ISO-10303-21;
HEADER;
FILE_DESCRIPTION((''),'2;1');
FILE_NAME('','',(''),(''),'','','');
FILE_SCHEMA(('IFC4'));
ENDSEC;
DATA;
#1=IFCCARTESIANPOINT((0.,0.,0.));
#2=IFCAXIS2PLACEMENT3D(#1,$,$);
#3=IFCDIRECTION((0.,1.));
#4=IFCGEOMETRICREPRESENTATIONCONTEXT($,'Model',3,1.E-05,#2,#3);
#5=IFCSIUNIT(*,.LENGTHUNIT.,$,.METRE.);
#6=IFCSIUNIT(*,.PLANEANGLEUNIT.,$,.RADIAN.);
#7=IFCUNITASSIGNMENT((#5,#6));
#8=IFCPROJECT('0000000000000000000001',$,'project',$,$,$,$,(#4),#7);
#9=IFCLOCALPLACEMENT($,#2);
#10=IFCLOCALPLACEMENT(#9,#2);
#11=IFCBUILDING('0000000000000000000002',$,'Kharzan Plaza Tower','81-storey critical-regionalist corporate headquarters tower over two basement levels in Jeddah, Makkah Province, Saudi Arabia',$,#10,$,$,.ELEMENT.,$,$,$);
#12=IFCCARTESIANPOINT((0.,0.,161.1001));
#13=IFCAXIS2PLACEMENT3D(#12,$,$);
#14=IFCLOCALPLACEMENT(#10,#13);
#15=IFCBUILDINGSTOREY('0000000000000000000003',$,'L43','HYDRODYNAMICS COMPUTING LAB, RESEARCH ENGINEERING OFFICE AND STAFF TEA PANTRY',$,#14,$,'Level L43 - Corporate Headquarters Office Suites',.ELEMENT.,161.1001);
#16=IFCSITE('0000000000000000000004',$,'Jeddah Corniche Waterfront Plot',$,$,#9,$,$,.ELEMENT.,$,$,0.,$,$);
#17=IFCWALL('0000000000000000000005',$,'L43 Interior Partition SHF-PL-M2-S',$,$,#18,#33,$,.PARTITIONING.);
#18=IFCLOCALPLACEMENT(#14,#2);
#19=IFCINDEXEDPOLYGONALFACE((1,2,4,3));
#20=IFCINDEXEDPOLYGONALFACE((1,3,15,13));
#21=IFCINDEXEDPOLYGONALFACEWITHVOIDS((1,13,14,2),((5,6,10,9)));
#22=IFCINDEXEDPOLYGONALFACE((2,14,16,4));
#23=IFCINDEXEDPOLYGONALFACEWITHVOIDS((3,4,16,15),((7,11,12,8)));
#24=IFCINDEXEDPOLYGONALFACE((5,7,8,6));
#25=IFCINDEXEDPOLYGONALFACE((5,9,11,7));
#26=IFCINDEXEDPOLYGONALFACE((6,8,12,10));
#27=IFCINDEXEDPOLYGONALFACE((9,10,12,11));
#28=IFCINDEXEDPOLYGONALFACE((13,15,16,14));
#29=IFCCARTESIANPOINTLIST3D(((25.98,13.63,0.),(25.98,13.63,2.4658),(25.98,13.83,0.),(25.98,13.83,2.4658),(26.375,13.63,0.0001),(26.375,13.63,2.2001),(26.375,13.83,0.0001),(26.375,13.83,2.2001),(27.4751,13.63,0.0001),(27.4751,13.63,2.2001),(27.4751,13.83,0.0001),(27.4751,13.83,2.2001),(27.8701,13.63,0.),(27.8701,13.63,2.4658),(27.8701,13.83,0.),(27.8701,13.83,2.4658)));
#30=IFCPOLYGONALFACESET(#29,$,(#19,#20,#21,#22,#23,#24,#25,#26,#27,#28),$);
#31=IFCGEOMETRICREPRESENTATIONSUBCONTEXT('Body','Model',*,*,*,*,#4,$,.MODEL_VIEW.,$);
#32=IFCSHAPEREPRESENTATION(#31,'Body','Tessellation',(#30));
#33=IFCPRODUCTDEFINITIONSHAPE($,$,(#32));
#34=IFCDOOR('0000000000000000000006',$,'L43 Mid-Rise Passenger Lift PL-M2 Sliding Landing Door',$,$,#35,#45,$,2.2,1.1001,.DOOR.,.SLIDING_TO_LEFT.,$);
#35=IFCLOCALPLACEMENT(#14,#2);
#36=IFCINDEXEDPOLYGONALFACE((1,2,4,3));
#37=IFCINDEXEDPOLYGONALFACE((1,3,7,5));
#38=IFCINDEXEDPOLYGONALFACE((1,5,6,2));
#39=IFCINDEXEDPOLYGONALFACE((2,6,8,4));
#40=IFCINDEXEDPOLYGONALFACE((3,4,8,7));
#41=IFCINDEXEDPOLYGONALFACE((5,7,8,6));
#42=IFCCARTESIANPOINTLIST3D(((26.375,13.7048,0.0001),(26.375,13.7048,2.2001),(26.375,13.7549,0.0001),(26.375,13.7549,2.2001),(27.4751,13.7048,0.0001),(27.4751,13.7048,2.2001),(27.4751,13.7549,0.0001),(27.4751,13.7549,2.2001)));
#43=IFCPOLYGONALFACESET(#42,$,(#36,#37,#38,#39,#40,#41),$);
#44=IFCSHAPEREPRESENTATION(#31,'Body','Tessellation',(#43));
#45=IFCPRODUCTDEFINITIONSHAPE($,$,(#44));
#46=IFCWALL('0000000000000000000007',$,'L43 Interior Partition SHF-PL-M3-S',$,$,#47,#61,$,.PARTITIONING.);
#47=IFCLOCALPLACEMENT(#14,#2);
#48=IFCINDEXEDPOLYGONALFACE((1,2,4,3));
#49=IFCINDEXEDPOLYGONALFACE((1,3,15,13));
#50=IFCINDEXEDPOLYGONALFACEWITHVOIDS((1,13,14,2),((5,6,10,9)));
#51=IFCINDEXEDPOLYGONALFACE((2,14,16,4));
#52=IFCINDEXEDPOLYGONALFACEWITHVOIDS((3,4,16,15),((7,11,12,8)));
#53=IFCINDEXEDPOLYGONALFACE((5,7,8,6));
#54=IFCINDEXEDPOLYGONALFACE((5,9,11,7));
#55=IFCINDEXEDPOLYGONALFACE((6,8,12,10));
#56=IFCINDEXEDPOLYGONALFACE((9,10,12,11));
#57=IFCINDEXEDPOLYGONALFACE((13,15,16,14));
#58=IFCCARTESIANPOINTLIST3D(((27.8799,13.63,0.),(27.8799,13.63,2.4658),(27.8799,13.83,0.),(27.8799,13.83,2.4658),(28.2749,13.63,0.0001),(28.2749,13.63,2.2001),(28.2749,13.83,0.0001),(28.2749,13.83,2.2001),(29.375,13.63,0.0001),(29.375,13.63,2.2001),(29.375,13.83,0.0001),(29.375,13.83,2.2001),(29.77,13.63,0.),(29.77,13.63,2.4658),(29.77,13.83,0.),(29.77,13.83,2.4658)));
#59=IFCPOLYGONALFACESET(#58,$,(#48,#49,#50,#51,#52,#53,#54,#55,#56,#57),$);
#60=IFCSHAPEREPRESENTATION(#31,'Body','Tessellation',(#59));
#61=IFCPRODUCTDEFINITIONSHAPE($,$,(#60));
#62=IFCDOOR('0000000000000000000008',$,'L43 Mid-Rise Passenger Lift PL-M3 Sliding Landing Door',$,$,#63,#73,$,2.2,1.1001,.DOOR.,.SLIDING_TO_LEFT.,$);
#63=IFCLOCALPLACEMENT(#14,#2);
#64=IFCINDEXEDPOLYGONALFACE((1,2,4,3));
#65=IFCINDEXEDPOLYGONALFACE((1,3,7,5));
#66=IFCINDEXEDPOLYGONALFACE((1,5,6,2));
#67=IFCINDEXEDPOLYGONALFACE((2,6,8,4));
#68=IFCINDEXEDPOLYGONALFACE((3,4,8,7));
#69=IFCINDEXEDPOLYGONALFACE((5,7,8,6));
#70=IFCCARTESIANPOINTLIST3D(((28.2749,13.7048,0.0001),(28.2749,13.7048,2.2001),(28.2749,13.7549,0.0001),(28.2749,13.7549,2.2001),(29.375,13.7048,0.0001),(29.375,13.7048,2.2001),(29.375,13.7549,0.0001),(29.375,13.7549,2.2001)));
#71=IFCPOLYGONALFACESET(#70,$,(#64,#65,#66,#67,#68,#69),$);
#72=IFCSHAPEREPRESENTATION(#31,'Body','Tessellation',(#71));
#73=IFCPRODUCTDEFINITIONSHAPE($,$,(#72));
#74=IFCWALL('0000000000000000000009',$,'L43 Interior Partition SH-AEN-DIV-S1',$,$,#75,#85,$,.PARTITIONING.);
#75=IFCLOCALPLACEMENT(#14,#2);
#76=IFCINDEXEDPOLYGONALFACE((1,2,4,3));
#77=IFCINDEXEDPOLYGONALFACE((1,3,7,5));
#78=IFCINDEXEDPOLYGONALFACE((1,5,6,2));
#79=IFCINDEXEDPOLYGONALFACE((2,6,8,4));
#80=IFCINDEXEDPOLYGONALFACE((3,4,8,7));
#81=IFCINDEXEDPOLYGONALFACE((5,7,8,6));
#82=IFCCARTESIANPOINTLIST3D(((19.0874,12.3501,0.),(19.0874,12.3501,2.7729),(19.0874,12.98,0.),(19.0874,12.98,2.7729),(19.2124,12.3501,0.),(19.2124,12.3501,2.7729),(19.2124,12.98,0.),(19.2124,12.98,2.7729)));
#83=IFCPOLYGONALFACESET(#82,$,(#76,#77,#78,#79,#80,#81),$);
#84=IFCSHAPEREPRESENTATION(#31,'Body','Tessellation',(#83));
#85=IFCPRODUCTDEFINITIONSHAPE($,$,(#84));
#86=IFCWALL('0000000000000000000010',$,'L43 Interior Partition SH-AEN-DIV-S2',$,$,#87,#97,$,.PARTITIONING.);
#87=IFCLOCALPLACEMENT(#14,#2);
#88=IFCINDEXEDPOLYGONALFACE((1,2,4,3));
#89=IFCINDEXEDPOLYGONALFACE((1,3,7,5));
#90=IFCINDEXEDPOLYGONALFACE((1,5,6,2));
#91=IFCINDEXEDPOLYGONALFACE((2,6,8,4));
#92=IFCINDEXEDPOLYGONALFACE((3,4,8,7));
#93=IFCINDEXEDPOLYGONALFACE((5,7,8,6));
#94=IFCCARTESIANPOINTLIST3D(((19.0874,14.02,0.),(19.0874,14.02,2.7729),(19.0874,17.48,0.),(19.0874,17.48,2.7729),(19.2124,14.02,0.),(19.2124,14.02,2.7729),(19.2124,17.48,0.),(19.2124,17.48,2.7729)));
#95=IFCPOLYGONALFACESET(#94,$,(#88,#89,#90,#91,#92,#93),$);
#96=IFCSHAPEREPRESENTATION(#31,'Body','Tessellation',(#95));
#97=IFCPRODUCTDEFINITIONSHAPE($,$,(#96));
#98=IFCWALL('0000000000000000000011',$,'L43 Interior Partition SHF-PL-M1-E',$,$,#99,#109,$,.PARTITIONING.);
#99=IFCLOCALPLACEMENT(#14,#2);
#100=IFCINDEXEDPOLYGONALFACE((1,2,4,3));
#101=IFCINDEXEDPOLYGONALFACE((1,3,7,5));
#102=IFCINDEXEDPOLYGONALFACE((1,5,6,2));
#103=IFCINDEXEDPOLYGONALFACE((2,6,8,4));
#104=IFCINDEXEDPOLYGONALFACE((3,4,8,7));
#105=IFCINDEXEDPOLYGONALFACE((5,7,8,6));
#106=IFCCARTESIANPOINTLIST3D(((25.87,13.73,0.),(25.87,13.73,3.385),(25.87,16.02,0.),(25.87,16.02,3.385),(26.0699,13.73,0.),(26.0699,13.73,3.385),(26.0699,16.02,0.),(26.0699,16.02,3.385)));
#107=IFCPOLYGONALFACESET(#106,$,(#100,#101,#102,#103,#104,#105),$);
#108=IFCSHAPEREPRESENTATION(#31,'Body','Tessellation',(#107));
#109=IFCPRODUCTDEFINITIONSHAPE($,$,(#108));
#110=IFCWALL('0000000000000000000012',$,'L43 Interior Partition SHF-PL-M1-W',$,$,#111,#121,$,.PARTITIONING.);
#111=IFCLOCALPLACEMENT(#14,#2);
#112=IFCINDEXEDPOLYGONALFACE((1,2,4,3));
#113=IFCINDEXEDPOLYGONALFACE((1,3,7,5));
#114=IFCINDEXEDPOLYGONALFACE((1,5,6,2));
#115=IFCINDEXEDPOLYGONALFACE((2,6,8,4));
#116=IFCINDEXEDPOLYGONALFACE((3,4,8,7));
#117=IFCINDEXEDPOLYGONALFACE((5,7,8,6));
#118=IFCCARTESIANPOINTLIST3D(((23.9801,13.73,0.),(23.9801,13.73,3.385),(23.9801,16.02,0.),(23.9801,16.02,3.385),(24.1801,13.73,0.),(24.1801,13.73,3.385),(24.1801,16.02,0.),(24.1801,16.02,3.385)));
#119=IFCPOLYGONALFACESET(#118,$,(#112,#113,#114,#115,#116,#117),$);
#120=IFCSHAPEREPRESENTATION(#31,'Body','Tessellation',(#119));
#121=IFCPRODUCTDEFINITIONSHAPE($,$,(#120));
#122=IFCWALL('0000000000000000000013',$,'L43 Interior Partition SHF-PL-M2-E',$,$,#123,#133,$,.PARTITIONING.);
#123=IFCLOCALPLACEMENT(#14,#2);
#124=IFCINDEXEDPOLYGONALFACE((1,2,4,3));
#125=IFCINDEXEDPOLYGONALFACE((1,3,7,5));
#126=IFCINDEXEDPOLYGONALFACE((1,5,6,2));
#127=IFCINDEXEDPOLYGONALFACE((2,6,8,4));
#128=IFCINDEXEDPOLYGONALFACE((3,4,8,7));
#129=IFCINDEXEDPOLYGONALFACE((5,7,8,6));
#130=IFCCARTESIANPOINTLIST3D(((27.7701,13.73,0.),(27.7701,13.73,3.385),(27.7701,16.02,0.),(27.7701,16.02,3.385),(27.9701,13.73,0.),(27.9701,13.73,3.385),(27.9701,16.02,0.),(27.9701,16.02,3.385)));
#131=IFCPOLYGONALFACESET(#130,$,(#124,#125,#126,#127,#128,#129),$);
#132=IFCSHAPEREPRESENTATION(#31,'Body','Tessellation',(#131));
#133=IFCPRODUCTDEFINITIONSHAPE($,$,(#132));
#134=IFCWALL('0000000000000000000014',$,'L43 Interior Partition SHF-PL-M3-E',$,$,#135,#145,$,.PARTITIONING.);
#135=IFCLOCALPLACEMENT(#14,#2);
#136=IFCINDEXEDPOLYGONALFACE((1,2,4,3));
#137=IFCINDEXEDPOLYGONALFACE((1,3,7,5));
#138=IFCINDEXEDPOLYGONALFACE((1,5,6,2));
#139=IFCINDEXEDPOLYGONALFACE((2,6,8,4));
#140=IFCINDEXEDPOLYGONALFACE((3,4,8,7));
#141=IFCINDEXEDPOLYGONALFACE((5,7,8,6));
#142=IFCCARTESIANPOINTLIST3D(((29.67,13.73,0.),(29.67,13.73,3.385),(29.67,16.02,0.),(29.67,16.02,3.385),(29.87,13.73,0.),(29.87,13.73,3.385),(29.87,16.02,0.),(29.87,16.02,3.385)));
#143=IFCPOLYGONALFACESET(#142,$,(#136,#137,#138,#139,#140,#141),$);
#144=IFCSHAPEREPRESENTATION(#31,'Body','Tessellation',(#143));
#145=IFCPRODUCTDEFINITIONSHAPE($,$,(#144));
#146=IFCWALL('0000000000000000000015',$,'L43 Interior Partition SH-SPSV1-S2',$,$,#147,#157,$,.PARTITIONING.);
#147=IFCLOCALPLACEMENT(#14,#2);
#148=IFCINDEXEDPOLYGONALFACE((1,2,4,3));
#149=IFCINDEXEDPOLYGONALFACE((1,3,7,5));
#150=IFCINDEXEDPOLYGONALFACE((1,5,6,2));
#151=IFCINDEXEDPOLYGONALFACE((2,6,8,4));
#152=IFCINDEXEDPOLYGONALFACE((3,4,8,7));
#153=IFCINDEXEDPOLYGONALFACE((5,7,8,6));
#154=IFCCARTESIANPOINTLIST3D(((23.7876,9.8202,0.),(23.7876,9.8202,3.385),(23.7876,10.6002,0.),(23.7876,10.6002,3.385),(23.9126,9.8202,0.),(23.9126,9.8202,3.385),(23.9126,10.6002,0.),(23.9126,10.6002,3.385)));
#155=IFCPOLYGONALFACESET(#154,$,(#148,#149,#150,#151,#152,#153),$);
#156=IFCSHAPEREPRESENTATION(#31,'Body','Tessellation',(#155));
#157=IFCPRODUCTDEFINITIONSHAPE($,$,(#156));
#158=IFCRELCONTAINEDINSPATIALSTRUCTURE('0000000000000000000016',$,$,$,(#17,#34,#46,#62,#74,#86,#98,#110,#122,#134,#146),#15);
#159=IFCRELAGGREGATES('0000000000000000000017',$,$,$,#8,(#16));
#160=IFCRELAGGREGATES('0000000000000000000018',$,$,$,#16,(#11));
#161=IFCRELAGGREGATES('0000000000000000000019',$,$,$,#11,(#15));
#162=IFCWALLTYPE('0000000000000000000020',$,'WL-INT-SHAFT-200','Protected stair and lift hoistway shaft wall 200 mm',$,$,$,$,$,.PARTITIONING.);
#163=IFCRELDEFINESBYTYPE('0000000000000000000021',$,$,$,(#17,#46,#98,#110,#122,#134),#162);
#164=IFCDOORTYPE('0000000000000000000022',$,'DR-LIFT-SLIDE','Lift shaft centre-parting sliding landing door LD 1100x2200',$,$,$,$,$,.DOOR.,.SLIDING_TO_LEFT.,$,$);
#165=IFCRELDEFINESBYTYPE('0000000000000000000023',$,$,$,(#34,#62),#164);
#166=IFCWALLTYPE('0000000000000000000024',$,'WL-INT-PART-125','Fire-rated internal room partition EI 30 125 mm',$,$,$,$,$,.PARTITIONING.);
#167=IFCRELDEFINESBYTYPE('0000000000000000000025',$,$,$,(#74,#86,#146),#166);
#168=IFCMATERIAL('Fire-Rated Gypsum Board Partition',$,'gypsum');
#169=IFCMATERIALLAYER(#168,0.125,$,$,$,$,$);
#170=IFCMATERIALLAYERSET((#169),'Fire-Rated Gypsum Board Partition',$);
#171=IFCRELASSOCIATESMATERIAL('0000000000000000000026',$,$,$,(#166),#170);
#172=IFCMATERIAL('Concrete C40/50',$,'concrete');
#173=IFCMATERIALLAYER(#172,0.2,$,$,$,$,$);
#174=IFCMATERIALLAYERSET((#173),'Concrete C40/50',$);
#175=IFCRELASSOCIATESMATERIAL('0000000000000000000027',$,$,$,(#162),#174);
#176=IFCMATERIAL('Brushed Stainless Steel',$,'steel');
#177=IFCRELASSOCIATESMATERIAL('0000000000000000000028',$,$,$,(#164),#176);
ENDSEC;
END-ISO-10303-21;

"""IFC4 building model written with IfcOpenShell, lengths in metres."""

from ifc_helpers import new_model, si_unit, direction, frame, frame_2d, origin, place, context, subcontext, project, spatial, rectangle, extrude, source, transform, mapped, material, layer, layer_set, type_object, element, fill, save


model = new_model("IFC4")

# Units and contexts
model_context = context("Model", 3, precision=1e-05, world=origin(), true_north=direction((0.0, 1.0)))
body_context = subcontext(model_context, "Body", "Model", "MODEL_VIEW")
ifc_project = project(units=[si_unit("LENGTHUNIT", "METRE"), si_unit("PLANEANGLEUNIT", "RADIAN")], contexts=[model_context])

# Site, building, storey
site_placement = place(None, origin())
site = spatial("IfcSite", under=ifc_project, at=site_placement, Name="Jeddah Corniche Waterfront Plot", CompositionType="ELEMENT", RefElevation=0.0)
building_placement = place(site_placement, origin())
building = spatial("IfcBuilding", under=site, at=building_placement, Name="Kharzan Plaza Tower", Description="81-storey critical-regionalist corporate headquarters tower over two basement levels in Jeddah, Makkah Province, Saudi Arabia", CompositionType="ELEMENT")
storey_placement = place(building_placement, frame((0.0, 0.0, 161.1001)))
storey = spatial("IfcBuildingStorey", under=building, at=storey_placement, Name="L43", Description="HYDRODYNAMICS COMPUTING LAB, RESEARCH ENGINEERING OFFICE AND STAFF TEA PANTRY", LongName="Level L43 - Corporate Headquarters Office Suites", CompositionType="ELEMENT", Elevation=161.1001)

# Walls, openings, doors
ifc_material_1 = material(Name="Fire-Rated Gypsum Board Partition", Category="gypsum")
ifc_layer_1 = layer(ifc_material_1, 0.125)
ifc_layer_set_1 = layer_set([ifc_layer_1], Name="Fire-Rated Gypsum Board Partition")
wall_type_1 = type_object("IfcWallType", Name="WL-INT-PART-125", Description="Fire-rated internal room partition EI 30 125 mm", PredefinedType="PARTITIONING", material=ifc_layer_set_1)
ifc_material_2 = material(Name="Concrete C40/50", Category="concrete")
ifc_layer_2 = layer(ifc_material_2, 0.2)
ifc_layer_set_2 = layer_set([ifc_layer_2], Name="Concrete C40/50")
wall_type_2 = type_object("IfcWallType", Name="WL-INT-SHAFT-200", Description="Protected stair and lift hoistway shaft wall 200 mm", PredefinedType="PARTITIONING", material=ifc_layer_set_2)
ifc_material_3 = material(Name="Brushed Stainless Steel", Category="steel")
door_type_1 = type_object("IfcDoorType", Name="DR-LIFT-SLIDE", Description="Lift shaft centre-parting sliding landing door LD 1100x2200", OperationType="SLIDING_TO_LEFT", PredefinedType="DOOR", material=ifc_material_3)
shared_shape_1 = source(origin(), body_context, "Body", "SweptSolid", [
    extrude(rectangle(XDim=1.1001, YDim=2.2, at=frame_2d((0.55, 1.1001))), frame((0.0, 0.0249, 0.0), z_axis=(0.0, -1.0, 0.0), x_axis=(1.0, 0.0, 0.0)), (0.0, 0.0, 1.0), 0.05),
])
wall_1_placement = place(storey_placement, frame((25.98, 13.73, 0.0), z_axis=(0.0, 0.0, 1.0), x_axis=(1.0, 0.0, 0.0)))
wall_1 = element("IfcWall", 1, at=wall_1_placement, inside=storey, type_object=wall_type_2, Name="L43 Interior Partition SHF-PL-M2-S", PredefinedType="PARTITIONING", context=body_context, shape_type="SweptSolid", body=[
    extrude(rectangle(XDim=1.8901, YDim=0.2, at=frame_2d((0.9451, 0.0))), origin(), (0.0, 0.0, 1.0), 2.4658),
])
opening_1_placement = place(wall_1_placement, frame((0.395, 0.0, 0.0)))
opening_1 = element("IfcOpeningElement", 2, at=opening_1_placement, cuts=wall_1, PredefinedType="OPENING", context=body_context, shape_type="SweptSolid", body=[
    extrude(rectangle(XDim=1.1001, YDim=2.2, at=frame_2d((0.55, 1.1001))), frame((0.0, 0.1099, 0.0), z_axis=(0.0, -1.0, 0.0), x_axis=(1.0, 0.0, 0.0)), (0.0, 0.0, 1.0), 0.22),
])
door_1_placement = place(opening_1_placement, origin())
door_1 = element("IfcDoor", 3, at=door_1_placement, inside=storey, type_object=door_type_1, Name="L43 Mid-Rise Passenger Lift PL-M2 Sliding Landing Door", OperationType="SLIDING_TO_LEFT", OverallHeight=2.2, OverallWidth=1.1001, PredefinedType="DOOR", context=body_context, shape_type="MappedRepresentation", body=[
    mapped(shared_shape_1, transform((0.0, 0.0, 0.0), x_axis=(1.0, 0.0, 0.0), y_axis=(0.0, 1.0, 0.0), z_axis=(0.0, 0.0, 1.0))),
])
fill(opening_1, door_1)
wall_2_placement = place(storey_placement, frame((27.8799, 13.73, 0.0), z_axis=(0.0, 0.0, 1.0), x_axis=(1.0, 0.0, 0.0)))
wall_2 = element("IfcWall", 4, at=wall_2_placement, inside=storey, type_object=wall_type_2, Name="L43 Interior Partition SHF-PL-M3-S", PredefinedType="PARTITIONING", context=body_context, shape_type="SweptSolid", body=[
    extrude(rectangle(XDim=1.8901, YDim=0.2, at=frame_2d((0.9451, 0.0))), origin(), (0.0, 0.0, 1.0), 2.4658),
])
opening_2_placement = place(wall_2_placement, frame((0.395, 0.0, 0.0)))
opening_2 = element("IfcOpeningElement", 5, at=opening_2_placement, cuts=wall_2, PredefinedType="OPENING", context=body_context, shape_type="SweptSolid", body=[
    extrude(rectangle(XDim=1.1001, YDim=2.2, at=frame_2d((0.55, 1.1001))), frame((0.0, 0.1099, 0.0), z_axis=(0.0, -1.0, 0.0), x_axis=(1.0, 0.0, 0.0)), (0.0, 0.0, 1.0), 0.22),
])
door_2_placement = place(opening_2_placement, origin())
door_2 = element("IfcDoor", 6, at=door_2_placement, inside=storey, type_object=door_type_1, Name="L43 Mid-Rise Passenger Lift PL-M3 Sliding Landing Door", OperationType="SLIDING_TO_LEFT", OverallHeight=2.2, OverallWidth=1.1001, PredefinedType="DOOR", context=body_context, shape_type="MappedRepresentation", body=[
    mapped(shared_shape_1, transform((0.0, 0.0, 0.0), x_axis=(1.0, 0.0, 0.0), y_axis=(0.0, 1.0, 0.0), z_axis=(0.0, 0.0, 1.0))),
])
fill(opening_2, door_2)

# Walls
shared_shape_2 = source(origin(), body_context, "Body", "SweptSolid", [
    extrude(rectangle(XDim=0.6299, YDim=0.125, at=frame_2d((0.3149, 0.0))), origin(), (0.0, 0.0, 1.0), 2.7729),
])
wall_3_placement = place(storey_placement, frame((19.1499, 12.3501, 0.0), z_axis=(0.0, 0.0, 1.0), x_axis=(0.0, 1.0, 0.0)))
element("IfcWall", 7, at=wall_3_placement, inside=storey, type_object=wall_type_1, Name="L43 Interior Partition SH-AEN-DIV-S1", PredefinedType="PARTITIONING", context=body_context, shape_type="MappedRepresentation", body=[
    mapped(shared_shape_2, transform((0.0, 0.0, 0.0), x_axis=(1.0, 0.0, 0.0), y_axis=(0.0, 1.0, 0.0), z_axis=(0.0, 0.0, 1.0))),
])
shared_shape_3 = source(origin(), body_context, "Body", "SweptSolid", [
    extrude(rectangle(XDim=3.46, YDim=0.125, at=frame_2d((1.73, 0.0))), origin(), (0.0, 0.0, 1.0), 2.7729),
])
wall_4_placement = place(storey_placement, frame((19.1499, 14.02, 0.0), z_axis=(0.0, 0.0, 1.0), x_axis=(0.0, 1.0, 0.0)))
element("IfcWall", 8, at=wall_4_placement, inside=storey, type_object=wall_type_1, Name="L43 Interior Partition SH-AEN-DIV-S2", PredefinedType="PARTITIONING", context=body_context, shape_type="MappedRepresentation", body=[
    mapped(shared_shape_3, transform((0.0, 0.0, 0.0), x_axis=(1.0, 0.0, 0.0), y_axis=(0.0, 1.0, 0.0), z_axis=(0.0, 0.0, 1.0))),
])
shared_shape_4 = source(origin(), body_context, "Body", "SweptSolid", [
    extrude(rectangle(XDim=2.29, YDim=0.2, at=frame_2d((1.145, 0.0))), origin(), (0.0, 0.0, 1.0), 3.385),
])
for number, where, z_axis, x_axis, name in (
    (9, (25.97, 13.73, 0.0), (0.0, 0.0, 1.0), (0.0, 1.0, 0.0), "L43 Interior Partition SHF-PL-M1-E"),
    (10, (24.0801, 13.73, 0.0), (0.0, 0.0, 1.0), (0.0, 1.0, 0.0), "L43 Interior Partition SHF-PL-M1-W"),
    (11, (27.8701, 13.73, 0.0), (0.0, 0.0, 1.0), (0.0, 1.0, 0.0), "L43 Interior Partition SHF-PL-M2-E"),
    (12, (29.77, 13.73, 0.0), (0.0, 0.0, 1.0), (0.0, 1.0, 0.0), "L43 Interior Partition SHF-PL-M3-E"),
):
    element("IfcWall", number, at=place(storey_placement, frame(where, z_axis=z_axis, x_axis=x_axis)), inside=storey, type_object=wall_type_2, Name=name, PredefinedType="PARTITIONING", context=body_context, shape_type="MappedRepresentation", body=[
        mapped(shared_shape_4, transform((0.0, 0.0, 0.0), x_axis=(1.0, 0.0, 0.0), y_axis=(0.0, 1.0, 0.0), z_axis=(0.0, 0.0, 1.0))),
    ])
shared_shape_5 = source(origin(), body_context, "Body", "SweptSolid", [
    extrude(rectangle(XDim=0.78, YDim=0.125, at=frame_2d((0.3901, 0.0))), origin(), (0.0, 0.0, 1.0), 3.385),
])
wall_5_placement = place(storey_placement, frame((23.8501, 9.8201, 0.0), z_axis=(0.0, 0.0, 1.0), x_axis=(0.0, 1.0, 0.0)))
element("IfcWall", 13, at=wall_5_placement, inside=storey, type_object=wall_type_1, Name="L43 Interior Partition SH-SPSV1-S2", PredefinedType="PARTITIONING", context=body_context, shape_type="MappedRepresentation", body=[
    mapped(shared_shape_5, transform((0.0, 0.0, 0.0), x_axis=(1.0, 0.0, 0.0), y_axis=(0.0, 1.0, 0.0), z_axis=(0.0, 0.0, 1.0))),
])

save(model, "model.ifc")
